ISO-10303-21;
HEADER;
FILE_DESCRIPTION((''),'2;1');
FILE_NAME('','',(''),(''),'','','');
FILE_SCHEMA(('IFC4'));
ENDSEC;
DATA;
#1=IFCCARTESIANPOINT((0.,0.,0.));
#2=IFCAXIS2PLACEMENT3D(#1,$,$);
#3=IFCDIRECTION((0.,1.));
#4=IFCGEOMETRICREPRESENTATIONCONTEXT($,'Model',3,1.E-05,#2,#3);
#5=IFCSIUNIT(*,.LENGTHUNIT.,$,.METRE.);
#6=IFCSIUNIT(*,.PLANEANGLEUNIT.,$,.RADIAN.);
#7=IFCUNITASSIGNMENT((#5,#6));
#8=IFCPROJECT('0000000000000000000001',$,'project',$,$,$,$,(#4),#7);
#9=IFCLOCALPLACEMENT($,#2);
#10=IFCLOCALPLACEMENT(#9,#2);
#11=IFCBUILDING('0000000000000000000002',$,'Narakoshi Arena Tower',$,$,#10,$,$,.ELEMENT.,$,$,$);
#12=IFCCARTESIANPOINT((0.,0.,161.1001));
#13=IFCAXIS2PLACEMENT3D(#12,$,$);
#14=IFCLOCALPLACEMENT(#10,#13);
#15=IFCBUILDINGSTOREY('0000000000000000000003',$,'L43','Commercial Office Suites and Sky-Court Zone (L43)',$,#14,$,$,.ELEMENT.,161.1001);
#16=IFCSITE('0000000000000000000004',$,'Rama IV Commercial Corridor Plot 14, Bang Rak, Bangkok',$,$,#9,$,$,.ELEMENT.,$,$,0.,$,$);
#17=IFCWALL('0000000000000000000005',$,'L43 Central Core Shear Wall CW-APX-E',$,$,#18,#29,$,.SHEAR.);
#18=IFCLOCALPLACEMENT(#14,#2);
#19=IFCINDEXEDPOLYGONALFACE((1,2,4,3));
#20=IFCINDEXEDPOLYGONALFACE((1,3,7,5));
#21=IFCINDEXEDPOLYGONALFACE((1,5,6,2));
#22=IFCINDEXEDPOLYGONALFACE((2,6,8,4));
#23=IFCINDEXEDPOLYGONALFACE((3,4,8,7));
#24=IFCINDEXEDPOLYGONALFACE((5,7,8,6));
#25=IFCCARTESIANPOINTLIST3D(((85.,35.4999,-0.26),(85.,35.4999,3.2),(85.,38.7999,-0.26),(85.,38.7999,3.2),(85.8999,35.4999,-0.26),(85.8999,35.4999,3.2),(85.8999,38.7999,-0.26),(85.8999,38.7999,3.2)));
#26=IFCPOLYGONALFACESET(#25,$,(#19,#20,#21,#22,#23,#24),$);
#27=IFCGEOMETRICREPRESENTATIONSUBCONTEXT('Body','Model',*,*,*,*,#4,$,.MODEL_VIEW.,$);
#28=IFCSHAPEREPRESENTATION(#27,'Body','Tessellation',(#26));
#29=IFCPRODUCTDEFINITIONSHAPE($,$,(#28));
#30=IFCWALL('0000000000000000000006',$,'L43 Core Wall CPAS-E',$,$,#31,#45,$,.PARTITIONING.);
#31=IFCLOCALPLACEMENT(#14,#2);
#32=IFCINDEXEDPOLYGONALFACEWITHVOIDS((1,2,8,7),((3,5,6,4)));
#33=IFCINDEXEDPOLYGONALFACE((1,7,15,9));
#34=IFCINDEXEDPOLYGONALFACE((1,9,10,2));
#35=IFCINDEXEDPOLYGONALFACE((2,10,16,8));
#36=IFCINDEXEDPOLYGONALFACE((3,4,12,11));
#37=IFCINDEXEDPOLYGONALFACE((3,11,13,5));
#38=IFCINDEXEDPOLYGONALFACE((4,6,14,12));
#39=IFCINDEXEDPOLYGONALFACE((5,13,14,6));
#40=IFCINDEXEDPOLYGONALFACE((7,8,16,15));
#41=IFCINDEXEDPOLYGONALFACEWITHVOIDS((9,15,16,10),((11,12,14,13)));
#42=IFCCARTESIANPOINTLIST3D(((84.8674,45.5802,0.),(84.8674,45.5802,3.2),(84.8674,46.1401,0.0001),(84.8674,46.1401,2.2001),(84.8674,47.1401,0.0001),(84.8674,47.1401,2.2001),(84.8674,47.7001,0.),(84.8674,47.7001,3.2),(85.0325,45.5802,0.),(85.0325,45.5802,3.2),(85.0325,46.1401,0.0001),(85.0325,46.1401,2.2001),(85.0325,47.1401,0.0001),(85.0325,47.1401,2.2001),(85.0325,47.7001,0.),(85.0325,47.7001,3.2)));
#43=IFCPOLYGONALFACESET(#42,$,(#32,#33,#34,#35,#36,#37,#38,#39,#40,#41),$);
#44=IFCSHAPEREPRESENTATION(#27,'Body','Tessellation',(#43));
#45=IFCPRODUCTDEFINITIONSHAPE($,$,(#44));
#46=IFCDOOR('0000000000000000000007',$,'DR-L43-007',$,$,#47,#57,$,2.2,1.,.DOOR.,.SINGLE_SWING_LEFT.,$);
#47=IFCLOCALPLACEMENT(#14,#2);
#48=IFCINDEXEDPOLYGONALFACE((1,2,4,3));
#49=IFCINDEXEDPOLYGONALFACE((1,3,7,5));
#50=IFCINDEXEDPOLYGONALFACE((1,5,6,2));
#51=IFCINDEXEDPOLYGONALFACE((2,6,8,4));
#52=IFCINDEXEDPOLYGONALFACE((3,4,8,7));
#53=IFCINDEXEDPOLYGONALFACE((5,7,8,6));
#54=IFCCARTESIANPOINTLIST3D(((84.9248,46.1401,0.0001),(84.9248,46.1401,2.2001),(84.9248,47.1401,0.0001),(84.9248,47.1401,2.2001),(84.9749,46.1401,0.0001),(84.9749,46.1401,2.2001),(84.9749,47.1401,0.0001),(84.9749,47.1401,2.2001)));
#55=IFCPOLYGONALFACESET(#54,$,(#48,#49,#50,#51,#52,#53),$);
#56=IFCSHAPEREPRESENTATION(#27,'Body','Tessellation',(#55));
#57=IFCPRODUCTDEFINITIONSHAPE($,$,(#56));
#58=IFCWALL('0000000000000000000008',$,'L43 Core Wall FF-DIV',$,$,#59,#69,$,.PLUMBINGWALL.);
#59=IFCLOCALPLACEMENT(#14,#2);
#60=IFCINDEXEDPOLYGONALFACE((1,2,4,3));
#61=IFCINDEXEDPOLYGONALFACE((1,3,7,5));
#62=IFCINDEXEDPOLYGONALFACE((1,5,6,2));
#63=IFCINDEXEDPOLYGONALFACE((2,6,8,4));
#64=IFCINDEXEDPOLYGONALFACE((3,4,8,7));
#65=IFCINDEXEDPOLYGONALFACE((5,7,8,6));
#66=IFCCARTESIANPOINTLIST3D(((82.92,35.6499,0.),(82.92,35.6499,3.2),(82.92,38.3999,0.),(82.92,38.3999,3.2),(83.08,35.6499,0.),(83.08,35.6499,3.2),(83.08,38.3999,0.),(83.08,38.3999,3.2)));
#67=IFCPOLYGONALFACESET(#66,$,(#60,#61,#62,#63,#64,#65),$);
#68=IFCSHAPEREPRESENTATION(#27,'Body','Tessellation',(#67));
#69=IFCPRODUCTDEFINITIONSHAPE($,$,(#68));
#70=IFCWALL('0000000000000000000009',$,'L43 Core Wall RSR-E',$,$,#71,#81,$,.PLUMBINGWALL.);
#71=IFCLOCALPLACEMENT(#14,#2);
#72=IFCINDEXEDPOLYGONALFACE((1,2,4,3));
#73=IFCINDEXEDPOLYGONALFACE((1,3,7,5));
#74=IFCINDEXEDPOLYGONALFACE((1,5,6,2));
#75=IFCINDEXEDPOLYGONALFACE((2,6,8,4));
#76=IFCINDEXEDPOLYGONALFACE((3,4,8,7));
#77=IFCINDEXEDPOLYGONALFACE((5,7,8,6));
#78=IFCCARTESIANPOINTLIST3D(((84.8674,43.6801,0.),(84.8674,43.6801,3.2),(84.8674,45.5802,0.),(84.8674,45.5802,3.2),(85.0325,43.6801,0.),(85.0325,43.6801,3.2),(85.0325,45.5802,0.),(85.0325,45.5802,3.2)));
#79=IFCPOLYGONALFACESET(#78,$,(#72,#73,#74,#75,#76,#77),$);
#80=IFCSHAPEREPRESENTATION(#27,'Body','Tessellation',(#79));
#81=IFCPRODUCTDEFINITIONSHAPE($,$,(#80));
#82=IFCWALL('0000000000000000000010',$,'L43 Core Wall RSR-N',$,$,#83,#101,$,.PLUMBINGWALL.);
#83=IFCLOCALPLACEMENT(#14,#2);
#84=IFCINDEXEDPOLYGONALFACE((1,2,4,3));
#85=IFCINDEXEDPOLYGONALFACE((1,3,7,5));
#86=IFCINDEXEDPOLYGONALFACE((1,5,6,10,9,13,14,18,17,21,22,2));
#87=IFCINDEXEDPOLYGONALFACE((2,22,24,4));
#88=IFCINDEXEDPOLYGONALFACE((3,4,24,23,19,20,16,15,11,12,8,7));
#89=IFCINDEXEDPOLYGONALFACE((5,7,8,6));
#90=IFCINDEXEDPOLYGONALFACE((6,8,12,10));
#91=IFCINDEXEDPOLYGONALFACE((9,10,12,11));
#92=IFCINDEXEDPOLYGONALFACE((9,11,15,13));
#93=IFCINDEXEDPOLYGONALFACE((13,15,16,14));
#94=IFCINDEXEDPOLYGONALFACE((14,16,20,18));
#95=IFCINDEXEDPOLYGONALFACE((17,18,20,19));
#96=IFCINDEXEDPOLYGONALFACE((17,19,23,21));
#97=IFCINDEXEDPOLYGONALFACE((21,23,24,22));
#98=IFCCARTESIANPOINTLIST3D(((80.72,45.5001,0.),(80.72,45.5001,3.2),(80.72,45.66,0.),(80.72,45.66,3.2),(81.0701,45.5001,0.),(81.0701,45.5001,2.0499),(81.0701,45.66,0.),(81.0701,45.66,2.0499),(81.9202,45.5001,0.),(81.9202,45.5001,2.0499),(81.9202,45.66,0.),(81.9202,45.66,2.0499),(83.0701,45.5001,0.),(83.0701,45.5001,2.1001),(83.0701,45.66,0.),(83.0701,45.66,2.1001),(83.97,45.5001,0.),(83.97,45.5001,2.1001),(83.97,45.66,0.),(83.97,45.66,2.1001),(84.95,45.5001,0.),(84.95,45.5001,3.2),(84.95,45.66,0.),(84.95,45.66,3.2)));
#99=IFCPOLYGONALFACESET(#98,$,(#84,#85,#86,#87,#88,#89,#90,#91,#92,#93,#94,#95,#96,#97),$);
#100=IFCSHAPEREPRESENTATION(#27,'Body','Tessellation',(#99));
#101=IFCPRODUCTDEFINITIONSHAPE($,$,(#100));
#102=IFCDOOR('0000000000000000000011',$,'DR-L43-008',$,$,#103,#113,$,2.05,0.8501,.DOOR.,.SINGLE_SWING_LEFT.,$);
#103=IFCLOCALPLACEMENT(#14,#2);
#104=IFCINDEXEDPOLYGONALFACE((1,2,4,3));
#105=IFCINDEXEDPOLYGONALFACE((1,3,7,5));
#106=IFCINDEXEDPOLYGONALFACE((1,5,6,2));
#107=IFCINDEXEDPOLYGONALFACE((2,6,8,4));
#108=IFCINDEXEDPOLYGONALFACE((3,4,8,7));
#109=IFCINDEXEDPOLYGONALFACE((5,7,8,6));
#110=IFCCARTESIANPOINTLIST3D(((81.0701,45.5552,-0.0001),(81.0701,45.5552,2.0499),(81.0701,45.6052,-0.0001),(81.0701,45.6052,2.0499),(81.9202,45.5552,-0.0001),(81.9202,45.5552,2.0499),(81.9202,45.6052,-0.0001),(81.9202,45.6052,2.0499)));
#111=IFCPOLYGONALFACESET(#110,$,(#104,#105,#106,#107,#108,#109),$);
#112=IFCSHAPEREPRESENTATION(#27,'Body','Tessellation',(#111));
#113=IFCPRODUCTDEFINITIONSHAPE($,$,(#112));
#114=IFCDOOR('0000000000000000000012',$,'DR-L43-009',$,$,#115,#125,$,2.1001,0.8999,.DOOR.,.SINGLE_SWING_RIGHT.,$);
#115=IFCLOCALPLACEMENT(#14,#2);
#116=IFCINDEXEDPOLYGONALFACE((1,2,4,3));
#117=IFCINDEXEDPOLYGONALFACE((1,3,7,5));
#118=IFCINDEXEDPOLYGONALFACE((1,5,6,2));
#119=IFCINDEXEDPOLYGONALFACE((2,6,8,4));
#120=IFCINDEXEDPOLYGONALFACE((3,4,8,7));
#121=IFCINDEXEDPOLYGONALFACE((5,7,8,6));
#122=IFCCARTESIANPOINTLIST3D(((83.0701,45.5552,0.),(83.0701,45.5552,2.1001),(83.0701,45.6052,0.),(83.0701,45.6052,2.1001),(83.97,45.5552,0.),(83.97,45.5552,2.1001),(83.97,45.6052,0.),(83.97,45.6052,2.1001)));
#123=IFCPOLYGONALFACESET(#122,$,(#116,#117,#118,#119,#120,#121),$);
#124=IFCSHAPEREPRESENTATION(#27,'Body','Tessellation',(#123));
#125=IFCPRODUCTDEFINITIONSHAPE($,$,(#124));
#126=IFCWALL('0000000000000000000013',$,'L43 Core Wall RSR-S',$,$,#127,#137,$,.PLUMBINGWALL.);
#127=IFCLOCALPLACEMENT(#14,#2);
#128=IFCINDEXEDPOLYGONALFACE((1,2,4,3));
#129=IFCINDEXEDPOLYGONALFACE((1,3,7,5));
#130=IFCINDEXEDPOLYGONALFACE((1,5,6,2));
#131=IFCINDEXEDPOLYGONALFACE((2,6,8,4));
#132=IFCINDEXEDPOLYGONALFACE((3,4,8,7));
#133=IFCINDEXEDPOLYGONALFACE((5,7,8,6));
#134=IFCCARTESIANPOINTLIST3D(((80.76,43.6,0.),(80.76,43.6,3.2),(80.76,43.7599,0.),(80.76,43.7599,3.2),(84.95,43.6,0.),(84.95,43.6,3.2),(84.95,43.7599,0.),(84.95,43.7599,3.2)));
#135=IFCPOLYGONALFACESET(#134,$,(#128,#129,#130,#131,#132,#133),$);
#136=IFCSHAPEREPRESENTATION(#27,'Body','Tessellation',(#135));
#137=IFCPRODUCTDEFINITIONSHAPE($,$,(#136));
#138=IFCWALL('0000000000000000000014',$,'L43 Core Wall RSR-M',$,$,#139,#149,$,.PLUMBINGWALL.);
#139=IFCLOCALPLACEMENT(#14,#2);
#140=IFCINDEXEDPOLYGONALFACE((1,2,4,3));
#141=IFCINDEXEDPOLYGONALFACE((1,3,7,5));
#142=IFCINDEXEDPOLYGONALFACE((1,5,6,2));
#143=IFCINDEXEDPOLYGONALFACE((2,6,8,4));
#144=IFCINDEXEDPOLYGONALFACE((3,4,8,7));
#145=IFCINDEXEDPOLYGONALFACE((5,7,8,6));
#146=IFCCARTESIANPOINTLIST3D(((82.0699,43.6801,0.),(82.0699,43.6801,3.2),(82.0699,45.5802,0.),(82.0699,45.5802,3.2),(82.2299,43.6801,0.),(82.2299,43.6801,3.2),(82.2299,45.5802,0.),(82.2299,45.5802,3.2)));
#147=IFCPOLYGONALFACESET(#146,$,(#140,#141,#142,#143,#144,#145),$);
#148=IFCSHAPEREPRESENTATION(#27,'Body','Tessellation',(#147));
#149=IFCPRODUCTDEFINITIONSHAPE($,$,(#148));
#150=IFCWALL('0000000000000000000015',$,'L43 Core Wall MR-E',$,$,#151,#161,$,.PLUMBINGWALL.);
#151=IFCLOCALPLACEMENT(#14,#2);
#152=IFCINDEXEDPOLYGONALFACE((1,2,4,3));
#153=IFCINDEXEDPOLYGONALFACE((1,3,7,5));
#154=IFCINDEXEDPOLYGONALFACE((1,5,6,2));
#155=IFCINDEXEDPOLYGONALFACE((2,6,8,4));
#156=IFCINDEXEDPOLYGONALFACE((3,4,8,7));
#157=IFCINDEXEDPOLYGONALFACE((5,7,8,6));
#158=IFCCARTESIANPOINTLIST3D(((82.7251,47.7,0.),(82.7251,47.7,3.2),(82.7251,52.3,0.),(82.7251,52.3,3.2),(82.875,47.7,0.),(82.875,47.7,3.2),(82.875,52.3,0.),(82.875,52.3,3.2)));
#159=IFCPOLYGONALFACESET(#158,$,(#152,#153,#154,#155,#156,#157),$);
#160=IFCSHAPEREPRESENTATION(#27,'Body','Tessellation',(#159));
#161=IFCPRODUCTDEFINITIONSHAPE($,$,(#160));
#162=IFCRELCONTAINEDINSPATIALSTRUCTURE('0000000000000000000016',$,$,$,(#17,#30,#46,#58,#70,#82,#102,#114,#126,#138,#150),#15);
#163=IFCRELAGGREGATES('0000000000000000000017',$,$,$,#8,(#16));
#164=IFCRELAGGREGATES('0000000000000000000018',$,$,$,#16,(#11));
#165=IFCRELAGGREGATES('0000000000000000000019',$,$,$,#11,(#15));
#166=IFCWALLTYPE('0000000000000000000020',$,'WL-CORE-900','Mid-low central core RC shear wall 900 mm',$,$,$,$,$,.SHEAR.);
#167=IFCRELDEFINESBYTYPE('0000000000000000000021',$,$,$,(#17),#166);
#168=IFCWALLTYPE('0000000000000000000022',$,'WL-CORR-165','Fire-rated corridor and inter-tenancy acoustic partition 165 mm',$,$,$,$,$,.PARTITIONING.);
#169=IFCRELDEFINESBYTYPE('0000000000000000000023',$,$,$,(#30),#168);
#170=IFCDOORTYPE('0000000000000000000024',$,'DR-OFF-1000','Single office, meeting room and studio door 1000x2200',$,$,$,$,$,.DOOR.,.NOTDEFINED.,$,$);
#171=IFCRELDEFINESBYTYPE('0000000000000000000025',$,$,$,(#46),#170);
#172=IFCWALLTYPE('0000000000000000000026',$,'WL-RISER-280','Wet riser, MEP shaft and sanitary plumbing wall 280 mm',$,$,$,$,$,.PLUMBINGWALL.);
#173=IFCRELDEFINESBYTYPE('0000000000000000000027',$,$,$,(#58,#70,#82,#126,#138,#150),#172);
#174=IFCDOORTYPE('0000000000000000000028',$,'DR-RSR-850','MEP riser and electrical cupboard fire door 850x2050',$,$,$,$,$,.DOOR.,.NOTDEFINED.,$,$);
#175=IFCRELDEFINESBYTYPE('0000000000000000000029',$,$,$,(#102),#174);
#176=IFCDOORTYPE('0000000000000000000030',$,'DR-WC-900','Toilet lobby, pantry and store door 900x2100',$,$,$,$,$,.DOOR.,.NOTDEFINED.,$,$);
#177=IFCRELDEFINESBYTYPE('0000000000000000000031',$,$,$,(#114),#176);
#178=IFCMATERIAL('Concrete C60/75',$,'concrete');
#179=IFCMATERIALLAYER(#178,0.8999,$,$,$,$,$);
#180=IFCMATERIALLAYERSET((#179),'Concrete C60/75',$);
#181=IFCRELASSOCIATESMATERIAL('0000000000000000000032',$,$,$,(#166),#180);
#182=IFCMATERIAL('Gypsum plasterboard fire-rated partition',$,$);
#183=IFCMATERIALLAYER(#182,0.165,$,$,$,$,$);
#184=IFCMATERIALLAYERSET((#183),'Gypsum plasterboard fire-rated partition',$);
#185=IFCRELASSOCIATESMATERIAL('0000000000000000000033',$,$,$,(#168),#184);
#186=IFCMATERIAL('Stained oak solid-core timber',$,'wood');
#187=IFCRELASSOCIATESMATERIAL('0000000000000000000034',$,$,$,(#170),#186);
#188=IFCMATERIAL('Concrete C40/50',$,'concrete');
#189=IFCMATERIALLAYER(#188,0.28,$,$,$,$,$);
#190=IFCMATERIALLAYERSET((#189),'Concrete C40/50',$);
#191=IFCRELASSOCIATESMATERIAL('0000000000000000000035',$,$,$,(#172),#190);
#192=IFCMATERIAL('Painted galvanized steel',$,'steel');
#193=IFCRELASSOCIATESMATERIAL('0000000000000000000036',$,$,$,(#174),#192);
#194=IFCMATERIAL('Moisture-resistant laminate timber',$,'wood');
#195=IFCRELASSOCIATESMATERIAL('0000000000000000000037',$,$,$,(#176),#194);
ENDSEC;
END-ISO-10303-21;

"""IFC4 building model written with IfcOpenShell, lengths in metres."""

from ifc_helpers import new_model, si_unit, direction, frame, frame_2d, origin, place, context, subcontext, project, spatial, rectangle, extrude, material, layer, layer_set, type_object, element, fill, save


model = new_model("IFC4")

# Units and contexts
model_context = context("Model", 3, precision=1e-05, world=origin(), true_north=direction((0.0, 1.0)))
body_context = subcontext(model_context, "Body", "Model", "MODEL_VIEW")
ifc_project = project(units=[si_unit("LENGTHUNIT", "METRE"), si_unit("PLANEANGLEUNIT", "RADIAN")], contexts=[model_context])

# Site, building, storey
site_placement = place(None, origin())
site = spatial("IfcSite", under=ifc_project, at=site_placement, Name="Rama IV Commercial Corridor Plot 14, Bang Rak, Bangkok", CompositionType="ELEMENT", RefElevation=0.0)
building_placement = place(site_placement, origin())
building = spatial("IfcBuilding", under=site, at=building_placement, Name="Narakoshi Arena Tower", CompositionType="ELEMENT")
storey_placement = place(building_placement, frame((0.0, 0.0, 161.1001)))
storey = spatial("IfcBuildingStorey", under=building, at=storey_placement, Name="L43", Description="Commercial Office Suites and Sky-Court Zone (L43)", CompositionType="ELEMENT", Elevation=161.1001)

# Wall
ifc_material_1 = material(Name="Concrete C60/75", Category="concrete")
ifc_layer_1 = layer(ifc_material_1, 0.8999)
ifc_layer_set_1 = layer_set([ifc_layer_1], Name="Concrete C60/75")
wall_type_1 = type_object("IfcWallType", Name="WL-CORE-900", Description="Mid-low central core RC shear wall 900 mm", PredefinedType="SHEAR", material=ifc_layer_set_1)
wall_1_placement = place(storey_placement, frame((85.45, 35.5, -0.26), z_axis=(0.0, 0.0, 1.0), x_axis=(0.0, 1.0, 0.0)))
element("IfcWall", 1, at=wall_1_placement, inside=storey, type_object=wall_type_1, Name="L43 Central Core Shear Wall CW-APX-E", PredefinedType="SHEAR", context=body_context, shape_type="SweptSolid", body=[
    extrude(rectangle(XDim=3.3, YDim=0.8999, at=frame_2d((1.6499, 0.0))), origin(), (0.0, 0.0, 1.0), 3.46),
])

# Wall, opening, door
ifc_material_2 = material(Name="Gypsum plasterboard fire-rated partition")
ifc_layer_2 = layer(ifc_material_2, 0.165)
ifc_layer_set_2 = layer_set([ifc_layer_2], Name="Gypsum plasterboard fire-rated partition")
wall_type_2 = type_object("IfcWallType", Name="WL-CORR-165", Description="Fire-rated corridor and inter-tenancy acoustic partition 165 mm", PredefinedType="PARTITIONING", material=ifc_layer_set_2)
wall_2_placement = place(storey_placement, frame((84.95, 45.5801, 0.0), z_axis=(0.0, 0.0, 1.0), x_axis=(0.0, 1.0, 0.0)))
wall_2 = element("IfcWall", 2, at=wall_2_placement, inside=storey, type_object=wall_type_2, Name="L43 Core Wall CPAS-E", PredefinedType="PARTITIONING", context=body_context, shape_type="SweptSolid", body=[
    extrude(rectangle(XDim=2.1199, YDim=0.165, at=frame_2d((1.0601, 0.0))), origin(), (0.0, 0.0, 1.0), 3.2),
])
opening_1_placement = place(wall_2_placement, frame((0.5601, 0.0, 0.0)))
opening_1 = element("IfcOpeningElement", 3, at=opening_1_placement, cuts=wall_2, PredefinedType="OPENING", context=body_context, shape_type="SweptSolid", body=[
    extrude(rectangle(XDim=1.0, YDim=2.2, at=frame_2d((0.5, 1.1001))), frame((0.0, 0.0925, 0.0), z_axis=(0.0, -1.0, 0.0), x_axis=(1.0, 0.0, 0.0)), (0.0, 0.0, 1.0), 0.1851),
])
ifc_material_3 = material(Name="Stained oak solid-core timber", Category="wood")
door_type_1 = type_object("IfcDoorType", Name="DR-OFF-1000", Description="Single office, meeting room and studio door 1000x2200", OperationType="NOTDEFINED", PredefinedType="DOOR", material=ifc_material_3)
door_1_placement = place(opening_1_placement, frame((1.0, 0.0, 0.0), z_axis=(0.0, 0.0, 1.0), x_axis=(-1.0, 0.0, 0.0)))
door_1 = element("IfcDoor", 4, at=door_1_placement, inside=storey, type_object=door_type_1, Name="DR-L43-007", OperationType="SINGLE_SWING_LEFT", OverallHeight=2.2, OverallWidth=1.0, PredefinedType="DOOR", context=body_context, shape_type="SweptSolid", body=[
    extrude(rectangle(XDim=1.0, YDim=2.2, at=frame_2d((0.5, 1.1001))), frame((0.0, 0.0249, 0.0), z_axis=(0.0, -1.0, 0.0), x_axis=(1.0, 0.0, 0.0)), (0.0, 0.0, 1.0), 0.05),
])
fill(opening_1, door_1)

# Walls
ifc_material_4 = material(Name="Concrete C40/50", Category="concrete")
ifc_layer_3 = layer(ifc_material_4, 0.28)
ifc_layer_set_3 = layer_set([ifc_layer_3], Name="Concrete C40/50")
wall_type_3 = type_object("IfcWallType", Name="WL-RISER-280", Description="Wet riser, MEP shaft and sanitary plumbing wall 280 mm", PredefinedType="PLUMBINGWALL", material=ifc_layer_set_3)
wall_3_placement = place(storey_placement, frame((83.0, 35.6499, 0.0), z_axis=(0.0, 0.0, 1.0), x_axis=(0.0, 1.0, 0.0)))
element("IfcWall", 5, at=wall_3_placement, inside=storey, type_object=wall_type_3, Name="L43 Core Wall FF-DIV", PredefinedType="PLUMBINGWALL", context=body_context, shape_type="SweptSolid", body=[
    extrude(rectangle(XDim=2.75, YDim=0.1599, at=frame_2d((1.375, 0.0))), origin(), (0.0, 0.0, 1.0), 3.2),
])
wall_4_placement = place(storey_placement, frame((84.95, 43.6799, 0.0), z_axis=(0.0, 0.0, 1.0), x_axis=(0.0, 1.0, 0.0)))
element("IfcWall", 6, at=wall_4_placement, inside=storey, type_object=wall_type_3, Name="L43 Core Wall RSR-E", PredefinedType="PLUMBINGWALL", context=body_context, shape_type="SweptSolid", body=[
    extrude(rectangle(XDim=1.9001, YDim=0.165, at=frame_2d((0.9502, 0.0))), origin(), (0.0, 0.0, 1.0), 3.2),
])

# Wall, openings, doors
wall_5_placement = place(storey_placement, frame((80.72, 45.5801, 0.0), z_axis=(0.0, 0.0, 1.0), x_axis=(1.0, 0.0, 0.0)))
wall_5 = element("IfcWall", 7, at=wall_5_placement, inside=storey, type_object=wall_type_3, Name="L43 Core Wall RSR-N", PredefinedType="PLUMBINGWALL", context=body_context, shape_type="SweptSolid", body=[
    extrude(rectangle(XDim=4.23, YDim=0.1599, at=frame_2d((2.115, 0.0))), origin(), (0.0, 0.0, 1.0), 3.2),
])
opening_2_placement = place(wall_5_placement, frame((0.3501, 0.0, 0.0)))
opening_2 = element("IfcOpeningElement", 8, at=opening_2_placement, cuts=wall_5, PredefinedType="OPENING", context=body_context, shape_type="SweptSolid", body=[
    extrude(rectangle(XDim=0.8501, YDim=2.05, at=frame_2d((0.425, 1.0249))), frame((0.0, 0.0898, 0.0), z_axis=(0.0, -1.0, 0.0), x_axis=(1.0, 0.0, 0.0)), (0.0, 0.0, 1.0), 0.1799),
])
opening_3_placement = place(wall_5_placement, frame((2.3501, 0.0, 0.0)))
opening_3 = element("IfcOpeningElement", 9, at=opening_3_placement, cuts=wall_5, PredefinedType="OPENING", context=body_context, shape_type="SweptSolid", body=[
    extrude(rectangle(XDim=0.8999, YDim=2.1001, at=frame_2d((0.45, 1.05))), frame((0.0, 0.0898, 0.0), z_axis=(0.0, -1.0, 0.0), x_axis=(1.0, 0.0, 0.0)), (0.0, 0.0, 1.0), 0.1799),
])
ifc_material_5 = material(Name="Painted galvanized steel", Category="steel")
door_type_2 = type_object("IfcDoorType", Name="DR-RSR-850", Description="MEP riser and electrical cupboard fire door 850x2050", OperationType="NOTDEFINED", PredefinedType="DOOR", material=ifc_material_5)
door_2_placement = place(opening_2_placement, frame((0.8501, 0.0, 0.0), z_axis=(0.0, 0.0, 1.0), x_axis=(-1.0, 0.0, 0.0)))
door_2 = element("IfcDoor", 10, at=door_2_placement, inside=storey, type_object=door_type_2, Name="DR-L43-008", OperationType="SINGLE_SWING_LEFT", OverallHeight=2.05, OverallWidth=0.8501, PredefinedType="DOOR", context=body_context, shape_type="SweptSolid", body=[
    extrude(rectangle(XDim=0.8501, YDim=2.05, at=frame_2d((0.425, 1.0249))), frame((0.0, 0.0249, 0.0), z_axis=(0.0, -1.0, 0.0), x_axis=(1.0, 0.0, 0.0)), (0.0, 0.0, 1.0), 0.05),
])
fill(opening_2, door_2)
ifc_material_6 = material(Name="Moisture-resistant laminate timber", Category="wood")
door_type_3 = type_object("IfcDoorType", Name="DR-WC-900", Description="Toilet lobby, pantry and store door 900x2100", OperationType="NOTDEFINED", PredefinedType="DOOR", material=ifc_material_6)
door_3_placement = place(opening_3_placement, frame((0.8999, 0.0, 0.0), z_axis=(0.0, 0.0, 1.0), x_axis=(-1.0, 0.0, 0.0)))
door_3 = element("IfcDoor", 11, at=door_3_placement, inside=storey, type_object=door_type_3, Name="DR-L43-009", OperationType="SINGLE_SWING_RIGHT", OverallHeight=2.1001, OverallWidth=0.8999, PredefinedType="DOOR", context=body_context, shape_type="SweptSolid", body=[
    extrude(rectangle(XDim=0.8999, YDim=2.1001, at=frame_2d((0.45, 1.05))), frame((0.0, 0.0249, 0.0), z_axis=(0.0, -1.0, 0.0), x_axis=(1.0, 0.0, 0.0)), (0.0, 0.0, 1.0), 0.05),
])
fill(opening_3, door_3)

# Walls
wall_6_placement = place(storey_placement, frame((80.76, 43.6799, 0.0), z_axis=(0.0, 0.0, 1.0), x_axis=(1.0, 0.0, 0.0)))
element("IfcWall", 12, at=wall_6_placement, inside=storey, type_object=wall_type_3, Name="L43 Core Wall RSR-S", PredefinedType="PLUMBINGWALL", context=body_context, shape_type="SweptSolid", body=[
    extrude(rectangle(XDim=4.1899, YDim=0.1599, at=frame_2d((2.095, 0.0))), origin(), (0.0, 0.0, 1.0), 3.2),
])
wall_7_placement = place(storey_placement, frame((82.1499, 43.6799, 0.0), z_axis=(0.0, 0.0, 1.0), x_axis=(0.0, 1.0, 0.0)))
element("IfcWall", 13, at=wall_7_placement, inside=storey, type_object=wall_type_3, Name="L43 Core Wall RSR-M", PredefinedType="PLUMBINGWALL", context=body_context, shape_type="SweptSolid", body=[
    extrude(rectangle(XDim=1.9001, YDim=0.1599, at=frame_2d((0.9502, 0.0))), origin(), (0.0, 0.0, 1.0), 3.2),
])
wall_8_placement = place(storey_placement, frame((82.8, 47.7, 0.0), z_axis=(0.0, 0.0, 1.0), x_axis=(0.0, 1.0, 0.0)))
element("IfcWall", 14, at=wall_8_placement, inside=storey, type_object=wall_type_3, Name="L43 Core Wall MR-E", PredefinedType="PLUMBINGWALL", context=body_context, shape_type="SweptSolid", body=[
    extrude(rectangle(XDim=4.6001, YDim=0.1499, at=frame_2d((2.3, 0.0))), origin(), (0.0, 0.0, 1.0), 3.2),
])

save(model, "model.ifc")
